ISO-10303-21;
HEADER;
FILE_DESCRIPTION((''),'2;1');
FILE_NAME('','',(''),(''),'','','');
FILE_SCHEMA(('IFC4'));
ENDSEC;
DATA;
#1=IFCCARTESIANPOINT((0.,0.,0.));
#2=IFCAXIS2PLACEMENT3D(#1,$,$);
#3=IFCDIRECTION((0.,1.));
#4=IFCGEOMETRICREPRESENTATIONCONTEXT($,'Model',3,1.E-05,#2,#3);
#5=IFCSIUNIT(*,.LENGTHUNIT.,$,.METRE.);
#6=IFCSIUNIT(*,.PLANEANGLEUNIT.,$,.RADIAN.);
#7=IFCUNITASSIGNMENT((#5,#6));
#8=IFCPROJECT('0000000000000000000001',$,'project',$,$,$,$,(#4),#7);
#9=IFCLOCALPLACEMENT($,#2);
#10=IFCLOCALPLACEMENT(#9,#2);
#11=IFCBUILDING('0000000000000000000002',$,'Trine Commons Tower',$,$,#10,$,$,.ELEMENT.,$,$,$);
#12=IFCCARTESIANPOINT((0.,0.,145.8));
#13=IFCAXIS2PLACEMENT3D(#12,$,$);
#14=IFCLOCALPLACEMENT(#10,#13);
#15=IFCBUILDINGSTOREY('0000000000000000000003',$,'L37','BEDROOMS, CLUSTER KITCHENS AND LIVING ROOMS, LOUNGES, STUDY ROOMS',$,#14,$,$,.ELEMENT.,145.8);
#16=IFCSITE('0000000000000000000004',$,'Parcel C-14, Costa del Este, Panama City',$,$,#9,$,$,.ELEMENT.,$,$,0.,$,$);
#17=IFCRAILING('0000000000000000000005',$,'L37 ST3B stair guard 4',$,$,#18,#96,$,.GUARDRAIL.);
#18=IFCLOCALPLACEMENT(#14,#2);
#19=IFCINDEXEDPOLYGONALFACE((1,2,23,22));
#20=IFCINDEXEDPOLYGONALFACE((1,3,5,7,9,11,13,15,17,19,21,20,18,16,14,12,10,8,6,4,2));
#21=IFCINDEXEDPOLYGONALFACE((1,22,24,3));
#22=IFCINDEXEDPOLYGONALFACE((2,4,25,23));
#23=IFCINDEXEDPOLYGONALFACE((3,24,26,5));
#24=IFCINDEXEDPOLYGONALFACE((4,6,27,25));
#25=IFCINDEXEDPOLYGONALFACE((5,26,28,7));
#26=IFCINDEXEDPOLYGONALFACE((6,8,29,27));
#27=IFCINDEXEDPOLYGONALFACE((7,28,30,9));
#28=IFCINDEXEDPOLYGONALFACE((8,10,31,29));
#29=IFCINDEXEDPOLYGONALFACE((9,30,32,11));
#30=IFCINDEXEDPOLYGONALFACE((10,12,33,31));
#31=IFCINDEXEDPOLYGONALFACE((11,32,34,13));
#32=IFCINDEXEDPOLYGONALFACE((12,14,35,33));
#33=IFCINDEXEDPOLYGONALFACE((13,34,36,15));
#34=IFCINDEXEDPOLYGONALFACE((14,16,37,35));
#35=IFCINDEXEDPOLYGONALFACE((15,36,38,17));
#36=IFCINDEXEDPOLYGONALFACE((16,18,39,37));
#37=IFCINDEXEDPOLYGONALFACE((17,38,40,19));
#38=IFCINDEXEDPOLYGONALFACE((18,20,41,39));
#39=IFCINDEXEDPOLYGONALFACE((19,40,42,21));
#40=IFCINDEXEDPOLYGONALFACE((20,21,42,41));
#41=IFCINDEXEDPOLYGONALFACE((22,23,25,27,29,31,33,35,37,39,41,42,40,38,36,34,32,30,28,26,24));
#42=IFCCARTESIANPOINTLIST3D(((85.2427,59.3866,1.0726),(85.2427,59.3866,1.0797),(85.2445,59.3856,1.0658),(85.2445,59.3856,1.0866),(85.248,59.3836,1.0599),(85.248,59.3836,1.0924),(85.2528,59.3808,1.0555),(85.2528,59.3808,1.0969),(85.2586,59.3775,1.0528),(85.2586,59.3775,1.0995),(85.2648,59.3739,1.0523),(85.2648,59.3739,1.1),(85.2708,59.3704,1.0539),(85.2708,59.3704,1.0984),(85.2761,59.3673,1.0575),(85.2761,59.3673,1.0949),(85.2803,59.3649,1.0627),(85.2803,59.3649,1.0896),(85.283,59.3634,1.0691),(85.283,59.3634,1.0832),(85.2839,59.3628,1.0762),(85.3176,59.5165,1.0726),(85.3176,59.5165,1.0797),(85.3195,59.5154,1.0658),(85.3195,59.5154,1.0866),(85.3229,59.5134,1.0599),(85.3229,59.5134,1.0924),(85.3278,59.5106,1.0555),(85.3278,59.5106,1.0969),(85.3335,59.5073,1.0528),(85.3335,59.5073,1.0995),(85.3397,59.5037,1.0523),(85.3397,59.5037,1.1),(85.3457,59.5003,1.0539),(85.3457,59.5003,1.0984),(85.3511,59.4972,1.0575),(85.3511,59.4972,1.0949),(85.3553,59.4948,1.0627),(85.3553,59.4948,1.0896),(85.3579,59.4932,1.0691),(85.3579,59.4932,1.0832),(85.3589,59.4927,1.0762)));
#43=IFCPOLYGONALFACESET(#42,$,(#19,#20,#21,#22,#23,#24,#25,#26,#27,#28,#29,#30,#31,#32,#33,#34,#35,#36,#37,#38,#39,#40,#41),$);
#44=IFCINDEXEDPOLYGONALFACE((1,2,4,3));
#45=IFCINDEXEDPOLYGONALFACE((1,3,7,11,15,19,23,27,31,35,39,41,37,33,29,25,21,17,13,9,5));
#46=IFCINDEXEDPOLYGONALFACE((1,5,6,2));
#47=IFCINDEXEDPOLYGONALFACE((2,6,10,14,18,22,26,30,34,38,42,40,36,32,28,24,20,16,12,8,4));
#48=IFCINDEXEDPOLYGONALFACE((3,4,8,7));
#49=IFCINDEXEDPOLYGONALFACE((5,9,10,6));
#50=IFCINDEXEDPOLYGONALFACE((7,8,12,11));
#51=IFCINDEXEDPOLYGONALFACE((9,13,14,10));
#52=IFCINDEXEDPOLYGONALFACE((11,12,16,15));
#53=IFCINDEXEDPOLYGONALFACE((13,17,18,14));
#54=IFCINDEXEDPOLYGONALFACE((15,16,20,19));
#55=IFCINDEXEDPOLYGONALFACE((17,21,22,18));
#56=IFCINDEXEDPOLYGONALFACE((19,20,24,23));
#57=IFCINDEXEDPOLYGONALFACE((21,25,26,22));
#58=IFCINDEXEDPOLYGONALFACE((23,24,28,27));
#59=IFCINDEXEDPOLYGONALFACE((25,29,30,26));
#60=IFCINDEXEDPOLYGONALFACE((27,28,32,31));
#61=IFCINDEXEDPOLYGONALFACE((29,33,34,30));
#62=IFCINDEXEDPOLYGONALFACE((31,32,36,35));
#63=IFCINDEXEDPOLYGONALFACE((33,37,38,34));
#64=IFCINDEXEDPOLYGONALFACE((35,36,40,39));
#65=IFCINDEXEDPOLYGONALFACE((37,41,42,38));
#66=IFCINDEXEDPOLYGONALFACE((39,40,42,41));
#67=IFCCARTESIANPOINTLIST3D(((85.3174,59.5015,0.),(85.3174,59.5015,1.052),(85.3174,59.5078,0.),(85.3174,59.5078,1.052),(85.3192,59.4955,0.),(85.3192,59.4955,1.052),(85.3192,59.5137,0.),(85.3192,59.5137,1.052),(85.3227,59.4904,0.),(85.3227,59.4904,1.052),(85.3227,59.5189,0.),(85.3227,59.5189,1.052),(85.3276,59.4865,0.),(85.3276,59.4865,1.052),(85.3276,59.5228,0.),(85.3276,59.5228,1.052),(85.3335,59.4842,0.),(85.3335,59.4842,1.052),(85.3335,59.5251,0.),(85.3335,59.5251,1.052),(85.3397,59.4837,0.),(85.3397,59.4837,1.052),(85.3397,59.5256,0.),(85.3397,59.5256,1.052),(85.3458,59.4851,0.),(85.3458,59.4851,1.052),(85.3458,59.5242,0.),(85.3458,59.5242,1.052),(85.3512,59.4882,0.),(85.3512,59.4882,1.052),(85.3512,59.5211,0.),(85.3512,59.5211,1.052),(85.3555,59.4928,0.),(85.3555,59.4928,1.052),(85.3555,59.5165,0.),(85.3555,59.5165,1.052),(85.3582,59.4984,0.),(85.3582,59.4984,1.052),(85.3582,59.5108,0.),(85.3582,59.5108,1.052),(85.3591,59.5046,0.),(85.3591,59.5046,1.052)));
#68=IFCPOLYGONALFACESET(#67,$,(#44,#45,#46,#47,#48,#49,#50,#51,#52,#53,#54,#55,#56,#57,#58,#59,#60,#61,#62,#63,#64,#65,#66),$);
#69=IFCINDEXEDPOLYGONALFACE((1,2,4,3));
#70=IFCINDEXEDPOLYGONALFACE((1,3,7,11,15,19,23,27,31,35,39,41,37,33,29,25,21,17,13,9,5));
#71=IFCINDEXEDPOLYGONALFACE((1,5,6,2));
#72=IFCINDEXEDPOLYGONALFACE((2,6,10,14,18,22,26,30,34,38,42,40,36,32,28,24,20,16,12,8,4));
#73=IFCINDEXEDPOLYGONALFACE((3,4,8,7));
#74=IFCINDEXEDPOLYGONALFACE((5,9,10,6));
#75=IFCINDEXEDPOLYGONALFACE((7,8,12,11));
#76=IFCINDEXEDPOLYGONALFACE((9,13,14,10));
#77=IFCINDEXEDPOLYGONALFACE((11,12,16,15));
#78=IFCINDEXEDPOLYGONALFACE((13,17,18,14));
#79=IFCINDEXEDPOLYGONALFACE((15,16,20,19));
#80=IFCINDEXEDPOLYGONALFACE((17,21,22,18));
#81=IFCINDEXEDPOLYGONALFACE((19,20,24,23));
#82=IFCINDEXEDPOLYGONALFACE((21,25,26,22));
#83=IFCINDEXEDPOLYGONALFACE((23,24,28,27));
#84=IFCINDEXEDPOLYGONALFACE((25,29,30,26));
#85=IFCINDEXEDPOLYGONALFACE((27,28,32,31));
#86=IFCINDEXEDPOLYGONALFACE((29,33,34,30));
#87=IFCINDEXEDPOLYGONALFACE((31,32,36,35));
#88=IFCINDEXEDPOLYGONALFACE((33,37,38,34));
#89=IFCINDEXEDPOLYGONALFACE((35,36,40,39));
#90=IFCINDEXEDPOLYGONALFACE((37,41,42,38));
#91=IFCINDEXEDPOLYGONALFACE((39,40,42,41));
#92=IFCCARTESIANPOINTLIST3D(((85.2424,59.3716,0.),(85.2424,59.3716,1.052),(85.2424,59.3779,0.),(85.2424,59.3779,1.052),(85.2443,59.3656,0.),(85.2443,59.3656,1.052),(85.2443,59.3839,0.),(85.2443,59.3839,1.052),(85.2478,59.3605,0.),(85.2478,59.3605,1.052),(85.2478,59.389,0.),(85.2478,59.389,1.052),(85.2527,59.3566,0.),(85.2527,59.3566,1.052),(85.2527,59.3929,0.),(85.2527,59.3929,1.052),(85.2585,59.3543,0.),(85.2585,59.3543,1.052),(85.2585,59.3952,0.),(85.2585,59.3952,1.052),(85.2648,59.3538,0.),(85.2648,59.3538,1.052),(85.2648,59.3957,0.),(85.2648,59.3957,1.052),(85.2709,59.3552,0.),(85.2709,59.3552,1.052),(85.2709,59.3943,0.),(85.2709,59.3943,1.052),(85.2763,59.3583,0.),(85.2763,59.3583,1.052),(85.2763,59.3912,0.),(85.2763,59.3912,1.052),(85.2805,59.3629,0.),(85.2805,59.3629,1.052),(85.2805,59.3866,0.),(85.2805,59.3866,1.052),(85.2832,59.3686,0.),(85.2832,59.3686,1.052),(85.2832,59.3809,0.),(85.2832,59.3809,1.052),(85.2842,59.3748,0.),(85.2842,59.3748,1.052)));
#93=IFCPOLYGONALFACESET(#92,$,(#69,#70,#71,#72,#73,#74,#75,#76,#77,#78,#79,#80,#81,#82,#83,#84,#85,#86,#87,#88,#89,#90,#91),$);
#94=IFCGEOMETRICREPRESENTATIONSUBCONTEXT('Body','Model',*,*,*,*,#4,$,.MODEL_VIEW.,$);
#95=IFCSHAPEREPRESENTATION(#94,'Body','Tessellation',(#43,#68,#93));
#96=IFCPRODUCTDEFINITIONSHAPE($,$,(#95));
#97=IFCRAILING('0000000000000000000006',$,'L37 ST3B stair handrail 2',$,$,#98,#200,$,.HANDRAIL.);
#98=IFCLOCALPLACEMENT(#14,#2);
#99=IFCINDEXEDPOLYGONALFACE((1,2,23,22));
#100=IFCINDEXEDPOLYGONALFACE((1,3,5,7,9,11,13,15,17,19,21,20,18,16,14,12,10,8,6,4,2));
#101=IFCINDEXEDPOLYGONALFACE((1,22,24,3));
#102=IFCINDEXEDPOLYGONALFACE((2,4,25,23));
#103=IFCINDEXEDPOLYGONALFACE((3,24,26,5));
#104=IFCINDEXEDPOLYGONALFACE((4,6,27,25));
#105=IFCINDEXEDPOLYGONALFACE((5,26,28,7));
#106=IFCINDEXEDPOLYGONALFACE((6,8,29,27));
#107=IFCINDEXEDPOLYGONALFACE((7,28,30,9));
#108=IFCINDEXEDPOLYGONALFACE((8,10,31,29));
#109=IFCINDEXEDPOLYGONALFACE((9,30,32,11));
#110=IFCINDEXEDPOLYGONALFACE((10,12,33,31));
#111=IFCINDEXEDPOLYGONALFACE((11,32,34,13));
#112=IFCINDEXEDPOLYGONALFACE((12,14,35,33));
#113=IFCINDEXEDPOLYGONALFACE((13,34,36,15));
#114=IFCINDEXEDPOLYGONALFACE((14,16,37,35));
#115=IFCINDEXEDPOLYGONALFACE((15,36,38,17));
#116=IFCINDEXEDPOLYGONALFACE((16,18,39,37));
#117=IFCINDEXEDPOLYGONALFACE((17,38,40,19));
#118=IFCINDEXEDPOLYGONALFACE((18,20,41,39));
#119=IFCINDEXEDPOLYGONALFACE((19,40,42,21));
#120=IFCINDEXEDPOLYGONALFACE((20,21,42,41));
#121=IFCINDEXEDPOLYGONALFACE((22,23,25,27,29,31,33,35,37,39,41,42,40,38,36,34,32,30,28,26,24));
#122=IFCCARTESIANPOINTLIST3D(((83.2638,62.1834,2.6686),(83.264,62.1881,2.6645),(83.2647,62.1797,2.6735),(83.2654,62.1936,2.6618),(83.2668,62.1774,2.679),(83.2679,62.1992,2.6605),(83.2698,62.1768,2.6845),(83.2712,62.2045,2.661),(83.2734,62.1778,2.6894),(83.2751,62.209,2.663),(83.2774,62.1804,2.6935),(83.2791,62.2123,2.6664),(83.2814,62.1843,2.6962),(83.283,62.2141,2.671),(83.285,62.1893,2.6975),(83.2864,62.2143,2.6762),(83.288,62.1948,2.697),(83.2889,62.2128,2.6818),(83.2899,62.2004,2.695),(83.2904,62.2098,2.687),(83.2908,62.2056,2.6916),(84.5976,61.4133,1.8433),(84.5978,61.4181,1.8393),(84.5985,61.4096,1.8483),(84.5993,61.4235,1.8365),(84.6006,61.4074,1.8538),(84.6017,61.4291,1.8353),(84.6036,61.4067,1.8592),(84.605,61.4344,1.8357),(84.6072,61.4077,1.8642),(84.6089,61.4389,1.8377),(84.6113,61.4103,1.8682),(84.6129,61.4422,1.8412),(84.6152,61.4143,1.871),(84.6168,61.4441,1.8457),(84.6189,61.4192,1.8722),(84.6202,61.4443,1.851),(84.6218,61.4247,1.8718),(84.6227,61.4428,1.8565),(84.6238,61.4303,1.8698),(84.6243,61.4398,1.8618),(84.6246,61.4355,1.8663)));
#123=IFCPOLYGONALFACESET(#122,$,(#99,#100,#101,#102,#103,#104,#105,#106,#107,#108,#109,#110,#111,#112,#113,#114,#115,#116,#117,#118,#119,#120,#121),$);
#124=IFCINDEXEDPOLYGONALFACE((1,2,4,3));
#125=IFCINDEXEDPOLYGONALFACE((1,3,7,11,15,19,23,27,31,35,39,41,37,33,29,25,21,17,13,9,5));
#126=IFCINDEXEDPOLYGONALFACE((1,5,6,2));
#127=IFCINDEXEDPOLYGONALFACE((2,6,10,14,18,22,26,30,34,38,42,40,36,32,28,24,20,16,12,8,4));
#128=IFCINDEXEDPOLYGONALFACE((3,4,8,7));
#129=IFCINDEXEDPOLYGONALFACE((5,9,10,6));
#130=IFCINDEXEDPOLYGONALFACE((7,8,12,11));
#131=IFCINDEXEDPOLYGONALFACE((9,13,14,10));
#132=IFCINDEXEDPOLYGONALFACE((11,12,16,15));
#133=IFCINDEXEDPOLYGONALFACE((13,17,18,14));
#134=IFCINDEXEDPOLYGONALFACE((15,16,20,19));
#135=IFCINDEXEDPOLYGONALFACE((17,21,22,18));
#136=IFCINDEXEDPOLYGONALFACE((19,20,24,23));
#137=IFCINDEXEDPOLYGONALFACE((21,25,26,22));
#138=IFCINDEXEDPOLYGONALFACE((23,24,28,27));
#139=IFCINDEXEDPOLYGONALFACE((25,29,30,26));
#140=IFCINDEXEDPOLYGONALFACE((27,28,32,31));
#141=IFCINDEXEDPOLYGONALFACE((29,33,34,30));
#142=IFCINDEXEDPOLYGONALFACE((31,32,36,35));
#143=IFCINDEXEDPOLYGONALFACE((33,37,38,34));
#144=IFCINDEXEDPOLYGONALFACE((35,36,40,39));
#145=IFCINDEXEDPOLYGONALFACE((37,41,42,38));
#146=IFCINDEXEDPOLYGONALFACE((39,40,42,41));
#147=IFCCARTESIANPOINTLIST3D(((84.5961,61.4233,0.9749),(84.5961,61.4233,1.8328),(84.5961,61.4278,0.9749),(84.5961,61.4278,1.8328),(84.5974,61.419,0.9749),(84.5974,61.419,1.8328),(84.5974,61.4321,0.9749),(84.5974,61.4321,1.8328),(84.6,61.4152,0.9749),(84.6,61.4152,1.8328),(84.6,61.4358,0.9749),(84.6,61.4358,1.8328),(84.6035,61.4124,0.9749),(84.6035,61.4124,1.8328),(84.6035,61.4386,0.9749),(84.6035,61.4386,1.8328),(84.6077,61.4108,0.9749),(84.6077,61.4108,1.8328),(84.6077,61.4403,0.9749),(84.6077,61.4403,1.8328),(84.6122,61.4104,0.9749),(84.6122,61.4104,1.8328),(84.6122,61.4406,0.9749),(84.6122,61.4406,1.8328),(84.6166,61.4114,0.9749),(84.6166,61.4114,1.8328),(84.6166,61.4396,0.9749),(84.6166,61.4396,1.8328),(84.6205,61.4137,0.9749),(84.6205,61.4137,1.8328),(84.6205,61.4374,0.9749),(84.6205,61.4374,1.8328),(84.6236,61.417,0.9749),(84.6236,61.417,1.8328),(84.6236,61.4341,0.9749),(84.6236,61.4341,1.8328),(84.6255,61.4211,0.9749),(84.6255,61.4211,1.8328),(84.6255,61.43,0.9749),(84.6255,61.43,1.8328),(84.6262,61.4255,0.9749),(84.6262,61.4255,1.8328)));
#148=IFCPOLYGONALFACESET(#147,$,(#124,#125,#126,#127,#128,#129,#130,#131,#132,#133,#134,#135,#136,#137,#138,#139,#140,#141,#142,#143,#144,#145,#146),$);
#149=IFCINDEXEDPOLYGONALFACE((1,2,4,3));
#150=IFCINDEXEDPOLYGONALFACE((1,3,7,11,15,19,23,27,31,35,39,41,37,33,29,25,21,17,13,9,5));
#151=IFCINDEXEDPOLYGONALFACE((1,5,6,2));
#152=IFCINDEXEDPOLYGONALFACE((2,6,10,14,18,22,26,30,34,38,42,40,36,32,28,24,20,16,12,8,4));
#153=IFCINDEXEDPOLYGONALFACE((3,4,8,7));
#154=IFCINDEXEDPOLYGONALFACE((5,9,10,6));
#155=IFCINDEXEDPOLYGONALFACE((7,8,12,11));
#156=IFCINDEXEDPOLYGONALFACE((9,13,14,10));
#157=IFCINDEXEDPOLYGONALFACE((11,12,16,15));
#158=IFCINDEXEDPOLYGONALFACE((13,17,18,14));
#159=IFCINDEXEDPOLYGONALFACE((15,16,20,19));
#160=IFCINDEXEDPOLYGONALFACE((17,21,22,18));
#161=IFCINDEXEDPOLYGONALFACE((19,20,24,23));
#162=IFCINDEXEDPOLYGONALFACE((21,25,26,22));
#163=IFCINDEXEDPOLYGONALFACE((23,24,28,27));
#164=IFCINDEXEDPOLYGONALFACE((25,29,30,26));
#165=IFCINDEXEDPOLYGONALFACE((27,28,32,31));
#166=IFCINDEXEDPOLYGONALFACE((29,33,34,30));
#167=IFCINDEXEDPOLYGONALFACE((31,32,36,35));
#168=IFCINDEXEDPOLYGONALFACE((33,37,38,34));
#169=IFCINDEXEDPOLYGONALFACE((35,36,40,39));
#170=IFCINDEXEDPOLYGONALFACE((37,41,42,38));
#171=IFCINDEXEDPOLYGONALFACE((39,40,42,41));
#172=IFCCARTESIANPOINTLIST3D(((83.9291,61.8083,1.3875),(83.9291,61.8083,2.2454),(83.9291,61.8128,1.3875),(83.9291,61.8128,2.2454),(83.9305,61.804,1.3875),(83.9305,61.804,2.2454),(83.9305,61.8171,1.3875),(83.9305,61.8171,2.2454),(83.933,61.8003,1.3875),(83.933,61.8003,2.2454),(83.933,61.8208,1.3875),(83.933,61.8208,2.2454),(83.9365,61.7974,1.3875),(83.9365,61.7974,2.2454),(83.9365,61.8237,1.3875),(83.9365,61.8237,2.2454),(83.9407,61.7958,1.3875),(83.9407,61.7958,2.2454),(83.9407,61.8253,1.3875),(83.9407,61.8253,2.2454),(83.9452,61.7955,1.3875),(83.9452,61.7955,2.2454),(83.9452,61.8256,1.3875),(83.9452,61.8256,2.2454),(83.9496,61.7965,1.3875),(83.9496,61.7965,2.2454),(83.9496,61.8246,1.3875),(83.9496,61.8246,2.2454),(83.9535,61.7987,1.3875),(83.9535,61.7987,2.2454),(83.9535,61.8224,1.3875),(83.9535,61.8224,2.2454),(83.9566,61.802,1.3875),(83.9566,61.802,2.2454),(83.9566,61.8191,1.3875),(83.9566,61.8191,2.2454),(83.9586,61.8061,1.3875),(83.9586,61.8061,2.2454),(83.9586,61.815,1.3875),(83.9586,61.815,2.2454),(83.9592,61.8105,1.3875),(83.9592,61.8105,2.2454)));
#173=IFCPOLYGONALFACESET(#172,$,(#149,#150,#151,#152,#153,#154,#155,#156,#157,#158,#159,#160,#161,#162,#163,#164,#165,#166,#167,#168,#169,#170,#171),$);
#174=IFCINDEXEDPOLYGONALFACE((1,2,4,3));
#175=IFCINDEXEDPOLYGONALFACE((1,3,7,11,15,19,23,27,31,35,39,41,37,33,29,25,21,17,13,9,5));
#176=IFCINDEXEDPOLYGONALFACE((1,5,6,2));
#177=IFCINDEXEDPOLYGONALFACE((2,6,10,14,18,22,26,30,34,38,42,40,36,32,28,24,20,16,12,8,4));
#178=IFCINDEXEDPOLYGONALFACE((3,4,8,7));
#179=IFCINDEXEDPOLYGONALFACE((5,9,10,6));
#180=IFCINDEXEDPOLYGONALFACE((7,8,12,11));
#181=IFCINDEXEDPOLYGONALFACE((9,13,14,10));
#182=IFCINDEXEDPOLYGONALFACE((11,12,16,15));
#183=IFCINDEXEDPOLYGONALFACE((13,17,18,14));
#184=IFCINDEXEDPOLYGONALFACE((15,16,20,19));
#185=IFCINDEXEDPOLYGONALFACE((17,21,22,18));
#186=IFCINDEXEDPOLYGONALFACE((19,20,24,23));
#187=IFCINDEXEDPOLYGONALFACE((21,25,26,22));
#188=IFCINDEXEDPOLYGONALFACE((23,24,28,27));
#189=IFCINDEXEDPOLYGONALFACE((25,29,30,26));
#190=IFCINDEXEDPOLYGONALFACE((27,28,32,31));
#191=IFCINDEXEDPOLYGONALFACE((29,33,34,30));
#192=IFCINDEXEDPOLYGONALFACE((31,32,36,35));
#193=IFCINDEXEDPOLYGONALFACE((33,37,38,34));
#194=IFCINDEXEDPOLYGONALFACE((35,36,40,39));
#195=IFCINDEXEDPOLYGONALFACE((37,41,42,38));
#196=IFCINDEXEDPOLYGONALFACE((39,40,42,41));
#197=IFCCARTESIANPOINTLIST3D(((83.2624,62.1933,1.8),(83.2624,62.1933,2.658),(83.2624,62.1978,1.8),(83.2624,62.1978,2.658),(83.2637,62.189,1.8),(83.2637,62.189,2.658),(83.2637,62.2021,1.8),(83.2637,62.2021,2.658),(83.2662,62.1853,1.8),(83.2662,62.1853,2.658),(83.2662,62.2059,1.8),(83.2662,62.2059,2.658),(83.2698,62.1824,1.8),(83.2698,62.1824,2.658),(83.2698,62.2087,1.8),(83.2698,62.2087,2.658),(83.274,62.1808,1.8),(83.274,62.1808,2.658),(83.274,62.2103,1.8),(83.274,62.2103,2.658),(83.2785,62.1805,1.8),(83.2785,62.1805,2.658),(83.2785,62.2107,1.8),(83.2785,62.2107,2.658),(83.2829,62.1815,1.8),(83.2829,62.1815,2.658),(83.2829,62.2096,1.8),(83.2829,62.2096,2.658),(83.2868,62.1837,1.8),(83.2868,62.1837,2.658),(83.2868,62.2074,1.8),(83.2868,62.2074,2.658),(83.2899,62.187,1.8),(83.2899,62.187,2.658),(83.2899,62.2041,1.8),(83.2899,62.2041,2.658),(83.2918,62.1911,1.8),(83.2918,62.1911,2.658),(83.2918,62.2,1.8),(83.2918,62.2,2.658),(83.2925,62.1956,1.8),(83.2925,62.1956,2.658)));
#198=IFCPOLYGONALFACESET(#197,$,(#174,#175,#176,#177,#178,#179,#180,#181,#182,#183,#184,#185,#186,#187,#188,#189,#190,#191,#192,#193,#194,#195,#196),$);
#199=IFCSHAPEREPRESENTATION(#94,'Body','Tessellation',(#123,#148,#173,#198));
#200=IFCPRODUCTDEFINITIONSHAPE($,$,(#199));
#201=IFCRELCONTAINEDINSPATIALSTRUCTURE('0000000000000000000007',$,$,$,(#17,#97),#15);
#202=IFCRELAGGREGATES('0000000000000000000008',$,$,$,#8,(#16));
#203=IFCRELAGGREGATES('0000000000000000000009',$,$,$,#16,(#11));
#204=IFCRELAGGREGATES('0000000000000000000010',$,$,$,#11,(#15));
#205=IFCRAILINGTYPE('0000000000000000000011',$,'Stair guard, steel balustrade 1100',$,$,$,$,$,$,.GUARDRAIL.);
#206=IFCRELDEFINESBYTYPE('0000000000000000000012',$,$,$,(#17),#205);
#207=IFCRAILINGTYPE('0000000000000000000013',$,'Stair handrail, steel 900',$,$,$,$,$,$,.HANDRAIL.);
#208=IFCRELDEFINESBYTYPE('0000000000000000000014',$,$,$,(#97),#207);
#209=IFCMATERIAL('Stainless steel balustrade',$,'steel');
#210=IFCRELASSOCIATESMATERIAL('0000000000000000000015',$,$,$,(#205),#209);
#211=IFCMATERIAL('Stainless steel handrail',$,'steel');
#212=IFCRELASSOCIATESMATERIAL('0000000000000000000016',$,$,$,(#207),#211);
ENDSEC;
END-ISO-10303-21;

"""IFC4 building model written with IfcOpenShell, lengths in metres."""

from ifc_helpers import new_model, si_unit, direction, frame, origin, origin_2d, place, context, subcontext, project, spatial, circle, extrude, material, type_object, element, save


model = new_model("IFC4")

# Units and contexts
model_context = context("Model", 3, precision=1e-05, world=origin(), true_north=direction((0.0, 1.0)))
body_context = subcontext(model_context, "Body", "Model", "MODEL_VIEW")
ifc_project = project(units=[si_unit("LENGTHUNIT", "METRE"), si_unit("PLANEANGLEUNIT", "RADIAN")], contexts=[model_context])

# Site, building, storey
site_placement = place(None, origin())
site = spatial("IfcSite", under=ifc_project, at=site_placement, Name="Parcel C-14, Costa del Este, Panama City", CompositionType="ELEMENT", RefElevation=0.0)
building_placement = place(site_placement, origin())
building = spatial("IfcBuilding", under=site, at=building_placement, Name="Trine Commons Tower", CompositionType="ELEMENT")
storey_placement = place(building_placement, frame((0.0, 0.0, 145.8)))
storey = spatial("IfcBuildingStorey", under=building, at=storey_placement, Name="L37", Description="BEDROOMS, CLUSTER KITCHENS AND LIVING ROOMS, LOUNGES, STUDY ROOMS", CompositionType="ELEMENT", Elevation=145.8)

# Railings
ifc_material_1 = material(Name="Stainless steel balustrade", Category="steel")
railing_type_1 = type_object("IfcRailingType", Name="Stair guard, steel balustrade 1100", PredefinedType="GUARDRAIL", material=ifc_material_1)
railing_1_placement = place(storey_placement, frame((85.3381, 59.5046, 0.0)))
element("IfcRailing", 1, at=railing_1_placement, inside=storey, type_object=railing_type_1, Name="L37 ST3B stair guard 4", PredefinedType="GUARDRAIL", context=body_context, shape_type="SweptSolid", body=[
    extrude(circle(Radius=0.0239, at=origin_2d()), frame((0.0, 0.0, 1.0762), z_axis=(-0.499816, -0.866131, 0.0), x_axis=(0.866131, -0.499816, 0.0)), (0.0, 0.0, 1.0), 0.1499),
    extrude(circle(Radius=0.021, at=origin_2d()), origin(), (0.0, 0.0, 1.0), 1.052),
    extrude(circle(Radius=0.021, at=origin_2d()), frame((-0.075, -0.1299, 0.0)), (0.0, 0.0, 1.0), 1.052),
])
ifc_material_2 = material(Name="Stainless steel handrail", Category="steel")
railing_type_2 = type_object("IfcRailingType", Name="Stair handrail, steel 900", PredefinedType="HANDRAIL", material=ifc_material_2)
railing_2_placement = place(storey_placement, frame((84.6111, 61.4255, 0.9749)))
element("IfcRailing", 2, at=railing_2_placement, inside=storey, type_object=railing_type_2, Name="L37 ST3B stair handrail 2", PredefinedType="HANDRAIL", context=body_context, shape_type="SweptSolid", body=[
    extrude(circle(Radius=0.021, at=origin_2d()), frame((0.0, 0.0, 0.8789), z_axis=(-0.763355, 0.440714, 0.472293), x_axis=(-0.499992, -0.86603, 0.0)), (0.0, 0.0, 1.0), 1.7473),
    extrude(circle(Radius=0.0151, at=origin_2d()), origin(), (0.0, 0.0, 1.0), 0.8579),
    extrude(circle(Radius=0.0151, at=origin_2d()), frame((-0.667, 0.385, 0.4126)), (0.0, 0.0, 1.0), 0.8579),
    extrude(circle(Radius=0.0151, at=origin_2d()), frame((-1.3337, 0.77, 0.8252)), (0.0, 0.0, 1.0), 0.8579),
])

save(model, "model.ifc")
